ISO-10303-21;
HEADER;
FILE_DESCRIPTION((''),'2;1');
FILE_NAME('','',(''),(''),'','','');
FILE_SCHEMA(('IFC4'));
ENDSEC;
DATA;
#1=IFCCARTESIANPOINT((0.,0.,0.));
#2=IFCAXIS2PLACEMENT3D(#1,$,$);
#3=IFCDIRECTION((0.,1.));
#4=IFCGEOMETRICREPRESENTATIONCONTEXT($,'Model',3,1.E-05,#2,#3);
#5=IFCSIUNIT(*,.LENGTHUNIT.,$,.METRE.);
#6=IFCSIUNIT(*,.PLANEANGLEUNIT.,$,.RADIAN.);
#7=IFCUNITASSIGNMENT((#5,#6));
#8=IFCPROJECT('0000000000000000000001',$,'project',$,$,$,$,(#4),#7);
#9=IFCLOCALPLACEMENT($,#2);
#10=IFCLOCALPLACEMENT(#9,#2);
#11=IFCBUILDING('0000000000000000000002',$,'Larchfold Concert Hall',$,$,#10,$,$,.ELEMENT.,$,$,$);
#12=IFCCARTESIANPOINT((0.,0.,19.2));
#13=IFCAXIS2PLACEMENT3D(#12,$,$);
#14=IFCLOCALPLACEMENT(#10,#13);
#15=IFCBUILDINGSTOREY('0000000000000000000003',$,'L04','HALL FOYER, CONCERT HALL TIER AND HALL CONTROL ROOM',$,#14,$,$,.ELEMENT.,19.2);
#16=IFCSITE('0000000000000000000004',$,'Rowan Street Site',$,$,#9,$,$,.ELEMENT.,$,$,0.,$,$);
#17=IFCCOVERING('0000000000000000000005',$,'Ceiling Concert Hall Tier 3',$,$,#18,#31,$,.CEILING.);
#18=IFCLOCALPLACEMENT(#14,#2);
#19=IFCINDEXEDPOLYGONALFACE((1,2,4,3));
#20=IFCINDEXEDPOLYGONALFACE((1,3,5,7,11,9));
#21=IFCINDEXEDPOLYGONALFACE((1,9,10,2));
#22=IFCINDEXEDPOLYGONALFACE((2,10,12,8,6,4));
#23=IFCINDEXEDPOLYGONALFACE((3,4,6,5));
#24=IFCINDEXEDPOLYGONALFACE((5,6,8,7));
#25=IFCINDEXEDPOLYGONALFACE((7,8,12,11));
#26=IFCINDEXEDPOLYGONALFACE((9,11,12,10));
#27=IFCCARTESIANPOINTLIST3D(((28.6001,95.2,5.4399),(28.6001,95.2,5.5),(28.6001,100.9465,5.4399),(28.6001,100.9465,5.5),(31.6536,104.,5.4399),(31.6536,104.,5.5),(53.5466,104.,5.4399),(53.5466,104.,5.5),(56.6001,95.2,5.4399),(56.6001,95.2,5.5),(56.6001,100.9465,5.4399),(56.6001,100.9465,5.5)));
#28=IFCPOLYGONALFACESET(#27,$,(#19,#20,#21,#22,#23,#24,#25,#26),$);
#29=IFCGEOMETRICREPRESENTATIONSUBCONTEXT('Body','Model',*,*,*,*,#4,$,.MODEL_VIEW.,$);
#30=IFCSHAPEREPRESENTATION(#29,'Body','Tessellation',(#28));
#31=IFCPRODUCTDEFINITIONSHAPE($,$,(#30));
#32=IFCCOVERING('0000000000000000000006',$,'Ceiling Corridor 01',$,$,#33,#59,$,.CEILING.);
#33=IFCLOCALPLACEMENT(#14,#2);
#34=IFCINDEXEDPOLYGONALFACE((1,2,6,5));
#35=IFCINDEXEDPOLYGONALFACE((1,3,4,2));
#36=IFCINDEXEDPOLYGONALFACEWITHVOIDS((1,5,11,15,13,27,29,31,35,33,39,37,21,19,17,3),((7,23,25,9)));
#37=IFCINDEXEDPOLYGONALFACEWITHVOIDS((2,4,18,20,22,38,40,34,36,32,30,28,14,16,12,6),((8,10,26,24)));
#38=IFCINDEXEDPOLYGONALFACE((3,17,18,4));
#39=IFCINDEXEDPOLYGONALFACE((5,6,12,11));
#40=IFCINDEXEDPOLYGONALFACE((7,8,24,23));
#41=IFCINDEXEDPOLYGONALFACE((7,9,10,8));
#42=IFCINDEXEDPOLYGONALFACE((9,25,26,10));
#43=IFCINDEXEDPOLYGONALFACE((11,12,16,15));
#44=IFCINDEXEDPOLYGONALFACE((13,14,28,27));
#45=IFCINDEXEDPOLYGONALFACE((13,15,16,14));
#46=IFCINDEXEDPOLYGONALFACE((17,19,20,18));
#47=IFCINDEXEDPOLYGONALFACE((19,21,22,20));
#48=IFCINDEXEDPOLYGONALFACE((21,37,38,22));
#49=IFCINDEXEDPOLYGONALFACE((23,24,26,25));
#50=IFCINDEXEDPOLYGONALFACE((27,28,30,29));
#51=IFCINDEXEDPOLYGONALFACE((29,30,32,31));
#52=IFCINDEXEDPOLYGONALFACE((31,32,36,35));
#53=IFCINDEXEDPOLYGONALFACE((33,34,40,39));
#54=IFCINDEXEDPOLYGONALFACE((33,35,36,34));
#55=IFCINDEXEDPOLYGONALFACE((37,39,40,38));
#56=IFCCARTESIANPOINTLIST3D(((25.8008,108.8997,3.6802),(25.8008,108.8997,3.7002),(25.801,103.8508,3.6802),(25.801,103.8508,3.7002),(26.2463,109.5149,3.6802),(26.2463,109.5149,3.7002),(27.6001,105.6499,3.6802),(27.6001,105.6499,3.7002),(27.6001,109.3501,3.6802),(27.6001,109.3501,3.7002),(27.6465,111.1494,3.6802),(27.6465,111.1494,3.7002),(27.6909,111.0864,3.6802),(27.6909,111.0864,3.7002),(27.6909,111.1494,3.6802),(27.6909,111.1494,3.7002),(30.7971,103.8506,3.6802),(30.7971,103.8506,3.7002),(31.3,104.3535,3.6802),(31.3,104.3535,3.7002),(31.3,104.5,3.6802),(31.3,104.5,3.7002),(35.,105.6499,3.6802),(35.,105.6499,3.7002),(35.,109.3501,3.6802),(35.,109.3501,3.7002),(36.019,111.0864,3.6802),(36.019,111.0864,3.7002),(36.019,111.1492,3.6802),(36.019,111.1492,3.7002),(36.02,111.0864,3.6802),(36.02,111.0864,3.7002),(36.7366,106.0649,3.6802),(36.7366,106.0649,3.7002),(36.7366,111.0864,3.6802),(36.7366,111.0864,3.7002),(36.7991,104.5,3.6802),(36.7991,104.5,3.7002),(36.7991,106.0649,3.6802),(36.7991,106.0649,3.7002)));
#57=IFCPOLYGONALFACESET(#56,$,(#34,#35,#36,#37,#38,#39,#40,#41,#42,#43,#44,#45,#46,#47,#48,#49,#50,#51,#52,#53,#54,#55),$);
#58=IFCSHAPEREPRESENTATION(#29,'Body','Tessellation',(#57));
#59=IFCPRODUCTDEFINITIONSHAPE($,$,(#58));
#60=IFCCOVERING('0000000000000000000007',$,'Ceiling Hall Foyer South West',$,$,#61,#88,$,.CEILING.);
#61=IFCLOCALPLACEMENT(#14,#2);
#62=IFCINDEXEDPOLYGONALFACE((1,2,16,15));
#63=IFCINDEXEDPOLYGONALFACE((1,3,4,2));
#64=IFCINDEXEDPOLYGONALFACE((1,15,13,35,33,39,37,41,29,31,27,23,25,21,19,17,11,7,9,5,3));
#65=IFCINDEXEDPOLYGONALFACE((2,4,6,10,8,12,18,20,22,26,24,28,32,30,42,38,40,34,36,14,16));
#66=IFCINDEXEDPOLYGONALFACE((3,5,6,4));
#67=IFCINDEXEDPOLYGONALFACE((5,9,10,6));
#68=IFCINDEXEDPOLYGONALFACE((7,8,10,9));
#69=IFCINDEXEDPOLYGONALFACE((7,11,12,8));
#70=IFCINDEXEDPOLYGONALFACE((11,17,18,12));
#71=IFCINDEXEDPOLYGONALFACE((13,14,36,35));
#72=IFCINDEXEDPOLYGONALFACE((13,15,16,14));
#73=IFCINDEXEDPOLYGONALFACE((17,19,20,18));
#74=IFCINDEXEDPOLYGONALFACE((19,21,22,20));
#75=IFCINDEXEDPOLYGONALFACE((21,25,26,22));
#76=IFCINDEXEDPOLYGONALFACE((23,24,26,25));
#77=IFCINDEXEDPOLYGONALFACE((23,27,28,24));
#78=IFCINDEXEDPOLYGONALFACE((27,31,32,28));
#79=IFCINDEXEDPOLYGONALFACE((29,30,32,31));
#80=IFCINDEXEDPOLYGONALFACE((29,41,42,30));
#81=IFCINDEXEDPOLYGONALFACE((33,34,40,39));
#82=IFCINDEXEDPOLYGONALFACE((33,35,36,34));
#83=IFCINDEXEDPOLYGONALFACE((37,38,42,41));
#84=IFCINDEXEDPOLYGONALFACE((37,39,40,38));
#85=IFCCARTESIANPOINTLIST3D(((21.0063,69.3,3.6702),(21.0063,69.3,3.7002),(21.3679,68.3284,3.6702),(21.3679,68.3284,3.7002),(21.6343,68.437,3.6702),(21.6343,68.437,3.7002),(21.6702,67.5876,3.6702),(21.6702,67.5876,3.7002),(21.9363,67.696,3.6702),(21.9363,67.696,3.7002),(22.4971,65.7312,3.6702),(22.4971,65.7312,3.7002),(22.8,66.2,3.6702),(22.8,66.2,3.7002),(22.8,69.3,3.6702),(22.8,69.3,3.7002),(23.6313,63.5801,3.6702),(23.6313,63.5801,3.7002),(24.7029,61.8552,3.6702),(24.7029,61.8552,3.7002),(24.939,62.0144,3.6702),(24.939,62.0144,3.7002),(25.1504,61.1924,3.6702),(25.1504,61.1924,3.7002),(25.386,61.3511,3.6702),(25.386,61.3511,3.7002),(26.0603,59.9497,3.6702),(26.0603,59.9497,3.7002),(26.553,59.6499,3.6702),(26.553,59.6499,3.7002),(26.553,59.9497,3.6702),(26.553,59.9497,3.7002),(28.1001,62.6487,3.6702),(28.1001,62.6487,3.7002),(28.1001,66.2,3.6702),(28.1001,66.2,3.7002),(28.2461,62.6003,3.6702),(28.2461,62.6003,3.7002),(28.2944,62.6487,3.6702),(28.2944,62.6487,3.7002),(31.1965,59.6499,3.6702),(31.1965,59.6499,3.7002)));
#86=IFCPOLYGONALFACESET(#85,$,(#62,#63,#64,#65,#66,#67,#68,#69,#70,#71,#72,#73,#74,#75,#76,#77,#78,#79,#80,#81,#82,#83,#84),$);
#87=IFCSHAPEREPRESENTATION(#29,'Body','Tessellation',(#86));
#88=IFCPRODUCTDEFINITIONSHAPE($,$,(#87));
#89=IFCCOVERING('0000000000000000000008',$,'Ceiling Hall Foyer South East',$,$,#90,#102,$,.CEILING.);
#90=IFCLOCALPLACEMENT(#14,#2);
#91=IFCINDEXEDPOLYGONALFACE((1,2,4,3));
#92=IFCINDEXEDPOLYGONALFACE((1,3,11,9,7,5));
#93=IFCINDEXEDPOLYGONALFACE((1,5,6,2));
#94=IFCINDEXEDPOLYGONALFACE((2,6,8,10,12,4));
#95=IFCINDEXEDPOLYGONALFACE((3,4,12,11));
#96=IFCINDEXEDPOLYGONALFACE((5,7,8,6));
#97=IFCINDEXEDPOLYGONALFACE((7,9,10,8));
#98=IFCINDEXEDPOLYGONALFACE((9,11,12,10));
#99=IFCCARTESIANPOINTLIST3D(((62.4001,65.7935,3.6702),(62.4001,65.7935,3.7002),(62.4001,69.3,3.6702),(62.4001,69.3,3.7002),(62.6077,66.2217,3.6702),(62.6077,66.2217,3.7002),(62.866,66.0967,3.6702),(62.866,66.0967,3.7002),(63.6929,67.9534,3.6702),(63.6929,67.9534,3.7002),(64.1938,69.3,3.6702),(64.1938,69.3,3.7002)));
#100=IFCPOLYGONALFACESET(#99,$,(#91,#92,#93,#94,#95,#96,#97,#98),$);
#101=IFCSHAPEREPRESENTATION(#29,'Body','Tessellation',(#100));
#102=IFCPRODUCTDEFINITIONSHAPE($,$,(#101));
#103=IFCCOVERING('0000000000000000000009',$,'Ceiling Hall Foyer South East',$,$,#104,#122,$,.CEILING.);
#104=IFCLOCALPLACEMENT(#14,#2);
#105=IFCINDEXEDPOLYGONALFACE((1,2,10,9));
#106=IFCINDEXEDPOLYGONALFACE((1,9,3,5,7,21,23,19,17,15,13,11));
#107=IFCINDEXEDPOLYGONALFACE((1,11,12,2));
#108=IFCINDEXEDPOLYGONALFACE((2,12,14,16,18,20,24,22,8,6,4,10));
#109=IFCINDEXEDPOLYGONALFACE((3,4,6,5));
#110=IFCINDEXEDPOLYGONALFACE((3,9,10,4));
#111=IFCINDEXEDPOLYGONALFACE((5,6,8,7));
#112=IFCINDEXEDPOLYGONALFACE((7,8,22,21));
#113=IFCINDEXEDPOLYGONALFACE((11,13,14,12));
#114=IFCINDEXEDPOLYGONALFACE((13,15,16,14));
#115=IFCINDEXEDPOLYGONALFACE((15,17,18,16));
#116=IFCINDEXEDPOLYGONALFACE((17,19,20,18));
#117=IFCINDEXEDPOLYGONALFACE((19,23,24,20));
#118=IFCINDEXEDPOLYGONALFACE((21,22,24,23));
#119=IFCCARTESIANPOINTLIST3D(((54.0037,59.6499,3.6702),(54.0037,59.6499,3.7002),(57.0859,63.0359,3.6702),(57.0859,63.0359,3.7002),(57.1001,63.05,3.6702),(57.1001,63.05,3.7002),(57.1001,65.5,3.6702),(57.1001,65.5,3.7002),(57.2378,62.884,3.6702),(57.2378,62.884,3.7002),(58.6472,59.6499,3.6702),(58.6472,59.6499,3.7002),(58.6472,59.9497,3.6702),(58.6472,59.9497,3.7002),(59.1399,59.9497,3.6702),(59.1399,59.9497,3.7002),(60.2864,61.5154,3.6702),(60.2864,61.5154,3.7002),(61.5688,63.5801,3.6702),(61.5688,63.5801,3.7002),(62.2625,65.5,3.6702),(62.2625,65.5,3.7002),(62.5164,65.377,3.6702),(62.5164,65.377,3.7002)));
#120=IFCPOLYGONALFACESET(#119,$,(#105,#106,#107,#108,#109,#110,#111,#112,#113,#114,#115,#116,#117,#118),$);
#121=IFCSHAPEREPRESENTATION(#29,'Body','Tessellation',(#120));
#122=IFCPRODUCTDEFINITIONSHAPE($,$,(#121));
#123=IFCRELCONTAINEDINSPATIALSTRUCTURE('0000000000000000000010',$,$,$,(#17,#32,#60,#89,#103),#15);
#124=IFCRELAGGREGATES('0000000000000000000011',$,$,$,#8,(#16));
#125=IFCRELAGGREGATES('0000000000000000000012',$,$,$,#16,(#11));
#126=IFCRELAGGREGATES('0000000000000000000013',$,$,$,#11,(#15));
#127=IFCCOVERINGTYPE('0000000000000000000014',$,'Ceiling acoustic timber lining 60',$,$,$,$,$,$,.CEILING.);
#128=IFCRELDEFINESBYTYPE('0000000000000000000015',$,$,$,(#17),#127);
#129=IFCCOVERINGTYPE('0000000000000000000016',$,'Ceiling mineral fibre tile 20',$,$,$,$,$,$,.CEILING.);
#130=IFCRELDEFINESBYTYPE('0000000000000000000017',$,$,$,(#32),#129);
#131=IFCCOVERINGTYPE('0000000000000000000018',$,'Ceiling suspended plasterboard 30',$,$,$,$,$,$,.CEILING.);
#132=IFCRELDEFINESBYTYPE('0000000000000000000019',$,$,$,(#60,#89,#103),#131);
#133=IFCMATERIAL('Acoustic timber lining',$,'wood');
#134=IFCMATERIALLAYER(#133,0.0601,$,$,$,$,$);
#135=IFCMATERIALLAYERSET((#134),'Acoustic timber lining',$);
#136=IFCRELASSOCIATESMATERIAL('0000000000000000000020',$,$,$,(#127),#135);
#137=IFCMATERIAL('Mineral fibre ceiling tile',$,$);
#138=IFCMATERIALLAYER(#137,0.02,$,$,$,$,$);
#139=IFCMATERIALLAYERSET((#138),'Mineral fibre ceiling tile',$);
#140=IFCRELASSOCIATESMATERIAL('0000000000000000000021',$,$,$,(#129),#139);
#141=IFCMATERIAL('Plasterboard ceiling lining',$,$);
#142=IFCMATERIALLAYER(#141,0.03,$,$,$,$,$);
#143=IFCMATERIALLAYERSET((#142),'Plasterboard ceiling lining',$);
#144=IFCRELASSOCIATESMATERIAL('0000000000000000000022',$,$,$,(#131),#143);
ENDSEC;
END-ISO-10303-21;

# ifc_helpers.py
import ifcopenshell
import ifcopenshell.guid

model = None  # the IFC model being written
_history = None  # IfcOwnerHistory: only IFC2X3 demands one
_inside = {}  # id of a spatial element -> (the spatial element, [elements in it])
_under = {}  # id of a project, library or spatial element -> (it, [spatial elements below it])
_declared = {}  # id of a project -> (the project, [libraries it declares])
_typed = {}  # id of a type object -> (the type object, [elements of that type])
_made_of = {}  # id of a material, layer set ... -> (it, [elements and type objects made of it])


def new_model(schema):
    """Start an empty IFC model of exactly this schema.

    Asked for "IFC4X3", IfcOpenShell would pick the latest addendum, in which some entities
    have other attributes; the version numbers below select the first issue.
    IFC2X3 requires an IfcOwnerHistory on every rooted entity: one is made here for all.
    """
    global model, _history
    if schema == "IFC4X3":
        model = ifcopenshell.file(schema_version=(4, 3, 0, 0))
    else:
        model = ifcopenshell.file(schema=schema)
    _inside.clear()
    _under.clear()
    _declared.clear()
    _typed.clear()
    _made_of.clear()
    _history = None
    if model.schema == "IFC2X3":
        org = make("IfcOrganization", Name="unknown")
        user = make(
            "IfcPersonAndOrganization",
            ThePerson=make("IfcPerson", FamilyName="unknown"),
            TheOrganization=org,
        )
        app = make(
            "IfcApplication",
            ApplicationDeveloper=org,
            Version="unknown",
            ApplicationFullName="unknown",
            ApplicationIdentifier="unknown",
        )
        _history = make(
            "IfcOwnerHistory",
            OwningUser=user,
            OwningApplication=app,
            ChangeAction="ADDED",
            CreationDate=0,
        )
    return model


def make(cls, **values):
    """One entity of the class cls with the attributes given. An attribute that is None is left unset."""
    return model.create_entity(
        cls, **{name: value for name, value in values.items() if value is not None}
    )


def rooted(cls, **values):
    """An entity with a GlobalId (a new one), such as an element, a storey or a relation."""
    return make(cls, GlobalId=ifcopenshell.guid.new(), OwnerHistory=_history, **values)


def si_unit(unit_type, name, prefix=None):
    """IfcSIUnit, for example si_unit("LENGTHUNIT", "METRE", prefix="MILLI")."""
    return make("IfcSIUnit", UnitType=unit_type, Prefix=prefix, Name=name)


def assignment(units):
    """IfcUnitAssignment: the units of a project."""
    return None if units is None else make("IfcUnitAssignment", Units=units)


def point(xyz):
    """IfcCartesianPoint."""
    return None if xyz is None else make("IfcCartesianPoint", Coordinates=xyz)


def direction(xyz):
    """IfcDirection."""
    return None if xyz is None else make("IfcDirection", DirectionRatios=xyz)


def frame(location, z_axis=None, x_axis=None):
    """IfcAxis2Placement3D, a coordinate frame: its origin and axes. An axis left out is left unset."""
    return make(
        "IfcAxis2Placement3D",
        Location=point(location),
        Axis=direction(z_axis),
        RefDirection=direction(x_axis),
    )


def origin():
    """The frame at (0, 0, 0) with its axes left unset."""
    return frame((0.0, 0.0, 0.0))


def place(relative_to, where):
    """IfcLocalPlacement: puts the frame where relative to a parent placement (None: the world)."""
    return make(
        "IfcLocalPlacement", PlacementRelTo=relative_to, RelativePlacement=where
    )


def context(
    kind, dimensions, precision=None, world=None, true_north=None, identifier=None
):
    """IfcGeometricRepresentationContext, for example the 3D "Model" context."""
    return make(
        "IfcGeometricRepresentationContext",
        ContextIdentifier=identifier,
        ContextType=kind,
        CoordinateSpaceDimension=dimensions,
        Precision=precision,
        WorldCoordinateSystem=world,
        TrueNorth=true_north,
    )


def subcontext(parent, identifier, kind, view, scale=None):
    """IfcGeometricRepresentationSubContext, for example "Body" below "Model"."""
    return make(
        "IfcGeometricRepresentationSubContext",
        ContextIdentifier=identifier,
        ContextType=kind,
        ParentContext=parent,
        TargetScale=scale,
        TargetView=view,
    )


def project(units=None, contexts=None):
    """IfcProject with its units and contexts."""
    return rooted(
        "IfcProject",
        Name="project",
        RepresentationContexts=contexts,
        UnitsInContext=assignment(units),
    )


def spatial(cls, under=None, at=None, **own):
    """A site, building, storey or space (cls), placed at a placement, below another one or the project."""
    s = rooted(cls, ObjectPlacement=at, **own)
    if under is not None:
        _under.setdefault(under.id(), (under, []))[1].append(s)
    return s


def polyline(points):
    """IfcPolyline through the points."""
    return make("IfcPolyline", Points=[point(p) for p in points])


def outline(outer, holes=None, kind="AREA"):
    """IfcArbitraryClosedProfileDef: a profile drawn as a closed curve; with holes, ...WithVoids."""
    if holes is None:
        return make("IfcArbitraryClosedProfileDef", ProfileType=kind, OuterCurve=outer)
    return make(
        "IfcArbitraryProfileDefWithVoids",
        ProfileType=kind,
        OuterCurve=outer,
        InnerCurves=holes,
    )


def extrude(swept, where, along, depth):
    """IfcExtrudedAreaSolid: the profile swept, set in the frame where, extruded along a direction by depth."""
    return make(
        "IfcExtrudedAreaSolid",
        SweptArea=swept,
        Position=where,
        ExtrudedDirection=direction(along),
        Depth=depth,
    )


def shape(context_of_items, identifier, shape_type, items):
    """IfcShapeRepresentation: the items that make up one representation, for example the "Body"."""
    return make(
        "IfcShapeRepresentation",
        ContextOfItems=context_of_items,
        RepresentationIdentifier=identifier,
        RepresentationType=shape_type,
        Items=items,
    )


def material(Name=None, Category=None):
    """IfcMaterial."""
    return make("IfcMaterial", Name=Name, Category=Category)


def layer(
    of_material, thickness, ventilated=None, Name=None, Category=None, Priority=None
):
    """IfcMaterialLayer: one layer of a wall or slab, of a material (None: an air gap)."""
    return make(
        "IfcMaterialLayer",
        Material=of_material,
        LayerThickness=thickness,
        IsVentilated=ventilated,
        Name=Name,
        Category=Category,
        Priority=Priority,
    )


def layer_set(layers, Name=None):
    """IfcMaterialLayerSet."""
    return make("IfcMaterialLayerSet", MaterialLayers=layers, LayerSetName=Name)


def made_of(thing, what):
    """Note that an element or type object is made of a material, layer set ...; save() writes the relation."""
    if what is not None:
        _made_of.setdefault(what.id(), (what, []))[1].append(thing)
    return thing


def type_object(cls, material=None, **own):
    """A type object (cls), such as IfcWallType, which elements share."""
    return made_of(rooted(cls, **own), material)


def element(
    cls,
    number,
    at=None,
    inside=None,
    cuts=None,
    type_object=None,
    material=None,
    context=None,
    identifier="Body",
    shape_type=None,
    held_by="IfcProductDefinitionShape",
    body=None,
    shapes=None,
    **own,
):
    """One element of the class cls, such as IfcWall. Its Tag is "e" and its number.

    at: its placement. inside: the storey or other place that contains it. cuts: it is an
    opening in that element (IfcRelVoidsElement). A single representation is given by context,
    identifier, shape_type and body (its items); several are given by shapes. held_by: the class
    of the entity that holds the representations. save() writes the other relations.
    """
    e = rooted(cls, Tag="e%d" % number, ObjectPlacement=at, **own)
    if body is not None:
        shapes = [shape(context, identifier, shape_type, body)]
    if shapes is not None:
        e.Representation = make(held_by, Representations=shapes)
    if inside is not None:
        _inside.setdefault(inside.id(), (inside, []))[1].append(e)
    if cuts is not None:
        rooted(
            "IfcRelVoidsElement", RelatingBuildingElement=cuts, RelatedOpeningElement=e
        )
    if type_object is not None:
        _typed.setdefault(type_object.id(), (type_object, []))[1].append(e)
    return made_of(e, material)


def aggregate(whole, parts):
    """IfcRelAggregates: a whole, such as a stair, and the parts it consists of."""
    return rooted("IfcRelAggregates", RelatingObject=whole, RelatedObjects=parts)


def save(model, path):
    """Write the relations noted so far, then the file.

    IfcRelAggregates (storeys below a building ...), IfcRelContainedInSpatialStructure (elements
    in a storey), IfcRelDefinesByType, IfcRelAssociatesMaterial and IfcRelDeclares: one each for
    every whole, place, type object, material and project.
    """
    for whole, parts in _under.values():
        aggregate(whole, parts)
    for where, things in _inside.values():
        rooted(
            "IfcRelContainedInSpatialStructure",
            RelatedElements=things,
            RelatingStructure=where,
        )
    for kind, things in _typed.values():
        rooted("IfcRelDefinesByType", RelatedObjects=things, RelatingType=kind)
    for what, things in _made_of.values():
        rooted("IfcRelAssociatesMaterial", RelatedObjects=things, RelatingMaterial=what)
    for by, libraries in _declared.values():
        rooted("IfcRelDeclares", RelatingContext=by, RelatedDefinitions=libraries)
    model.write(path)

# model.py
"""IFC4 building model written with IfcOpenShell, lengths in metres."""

from ifc_helpers import new_model, si_unit, direction, frame, origin, place, context, subcontext, project, spatial, polyline, outline, extrude, material, layer, layer_set, type_object, element, save


model = new_model("IFC4")

# Units and contexts
model_context = context("Model", 3, precision=1e-05, world=origin(), true_north=direction((0.0, 1.0)))
body_context = subcontext(model_context, "Body", "Model", "MODEL_VIEW")
ifc_project = project(units=[si_unit("LENGTHUNIT", "METRE"), si_unit("PLANEANGLEUNIT", "RADIAN")], contexts=[model_context])

# Site, building, storey
site_placement = place(None, origin())
site = spatial("IfcSite", under=ifc_project, at=site_placement, Name="Rowan Street Site", CompositionType="ELEMENT", RefElevation=0.0)
building_placement = place(site_placement, origin())
building = spatial("IfcBuilding", under=site, at=building_placement, Name="Larchfold Concert Hall", CompositionType="ELEMENT")
storey_placement = place(building_placement, frame((0.0, 0.0, 19.2)))
storey = spatial("IfcBuildingStorey", under=building, at=storey_placement, Name="L04", Description="HALL FOYER, CONCERT HALL TIER AND HALL CONTROL ROOM", CompositionType="ELEMENT", Elevation=19.2)

# Coverings
ifc_material_1 = material(Name="Acoustic timber lining", Category="wood")
ifc_layer_1 = layer(ifc_material_1, 0.0601)
ifc_layer_set_1 = layer_set([ifc_layer_1], Name="Acoustic timber lining")
covering_type_1 = type_object("IfcCoveringType", Name="Ceiling acoustic timber lining 60", PredefinedType="CEILING", material=ifc_layer_set_1)
covering_1_placement = place(storey_placement, frame((0.0, 0.0, 5.4399)))
element("IfcCovering", 1, at=covering_1_placement, inside=storey, type_object=covering_type_1, Name="Ceiling Concert Hall Tier 3", PredefinedType="CEILING", context=body_context, shape_type="SweptSolid", body=[
    extrude(outline(polyline([(53.5466, 104.0), (31.6536, 104.0), (28.6001, 100.9465), (28.6001, 95.2), (56.6001, 95.2), (56.6001, 100.9465), (53.5466, 104.0)])), origin(), (0.0, 0.0, 1.0), 0.0601),
])
ifc_material_2 = material(Name="Mineral fibre ceiling tile")
ifc_layer_2 = layer(ifc_material_2, 0.02)
ifc_layer_set_2 = layer_set([ifc_layer_2], Name="Mineral fibre ceiling tile")
covering_type_2 = type_object("IfcCoveringType", Name="Ceiling mineral fibre tile 20", PredefinedType="CEILING", material=ifc_layer_set_2)
covering_2_placement = place(storey_placement, frame((0.0, 0.0, 3.6802)))
element("IfcCovering", 2, at=covering_2_placement, inside=storey, type_object=covering_type_2, Name="Ceiling Corridor 01", PredefinedType="CEILING", context=body_context, shape_type="SweptSolid", body=[
    extrude(outline(polyline([(27.6909, 111.1494), (27.6465, 111.1494), (26.2463, 109.5149), (25.8008, 108.8997), (25.801, 103.8508), (30.7971, 103.8506), (31.3, 104.3535), (31.3, 104.5), (36.7991, 104.5), (36.7991, 106.0649), (36.7366, 106.0649), (36.7366, 111.0864), (36.02, 111.0864), (36.019, 111.1492), (36.019, 111.0864), (27.6909, 111.0864), (27.6909, 111.1494)]), holes=[polyline([(35.0, 105.6499), (27.6001, 105.6499), (27.6001, 109.3501), (35.0, 109.3501), (35.0, 105.6499)])]), origin(), (0.0, 0.0, 1.0), 0.02),
])
ifc_material_3 = material(Name="Plasterboard ceiling lining")
ifc_layer_3 = layer(ifc_material_3, 0.03)
ifc_layer_set_3 = layer_set([ifc_layer_3], Name="Plasterboard ceiling lining")
covering_type_3 = type_object("IfcCoveringType", Name="Ceiling suspended plasterboard 30", PredefinedType="CEILING", material=ifc_layer_set_3)
covering_3_placement = place(storey_placement, frame((0.0, 0.0, 3.6702)))
element("IfcCovering", 3, at=covering_3_placement, inside=storey, type_object=covering_type_3, Name="Ceiling Hall Foyer South West", PredefinedType="CEILING", context=body_context, shape_type="SweptSolid", body=[
    extrude(outline(polyline([(28.1001, 66.2), (22.8, 66.2), (22.8, 69.3), (21.0063, 69.3), (21.3679, 68.3284), (21.6343, 68.437), (21.9363, 67.696), (21.6702, 67.5876), (22.4971, 65.7312), (23.6313, 63.5801), (24.7029, 61.8552), (24.939, 62.0144), (25.386, 61.3511), (25.1504, 61.1924), (26.0603, 59.9497), (26.553, 59.9497), (26.553, 59.6499), (31.1965, 59.6499), (28.2461, 62.6003), (28.2944, 62.6487), (28.1001, 62.6487), (28.1001, 66.2)])), origin(), (0.0, 0.0, 1.0), 0.03),
])
covering_4_placement = place(storey_placement, frame((0.0, 0.0, 3.6702)))
element("IfcCovering", 4, at=covering_4_placement, inside=storey, type_object=covering_type_3, Name="Ceiling Hall Foyer South East", PredefinedType="CEILING", context=body_context, shape_type="SweptSolid", body=[
    extrude(outline(polyline([(62.866, 66.0967), (63.6929, 67.9534), (64.1938, 69.3), (62.4001, 69.3), (62.4001, 65.7935), (62.6077, 66.2217), (62.866, 66.0967)])), origin(), (0.0, 0.0, 1.0), 0.03),
])
covering_5_placement = place(storey_placement, frame((0.0, 0.0, 3.6702)))
element("IfcCovering", 5, at=covering_5_placement, inside=storey, type_object=covering_type_3, Name="Ceiling Hall Foyer South East", PredefinedType="CEILING", context=body_context, shape_type="SweptSolid", body=[
    extrude(outline(polyline([(61.5688, 63.5801), (62.5164, 65.377), (62.2625, 65.5), (57.1001, 65.5), (57.1001, 63.05), (57.0859, 63.0359), (57.2378, 62.884), (54.0037, 59.6499), (58.6472, 59.6499), (58.6472, 59.9497), (59.1399, 59.9497), (60.2864, 61.5154), (61.5688, 63.5801)])), origin(), (0.0, 0.0, 1.0), 0.03),
])

save(model, "model.ifc")
